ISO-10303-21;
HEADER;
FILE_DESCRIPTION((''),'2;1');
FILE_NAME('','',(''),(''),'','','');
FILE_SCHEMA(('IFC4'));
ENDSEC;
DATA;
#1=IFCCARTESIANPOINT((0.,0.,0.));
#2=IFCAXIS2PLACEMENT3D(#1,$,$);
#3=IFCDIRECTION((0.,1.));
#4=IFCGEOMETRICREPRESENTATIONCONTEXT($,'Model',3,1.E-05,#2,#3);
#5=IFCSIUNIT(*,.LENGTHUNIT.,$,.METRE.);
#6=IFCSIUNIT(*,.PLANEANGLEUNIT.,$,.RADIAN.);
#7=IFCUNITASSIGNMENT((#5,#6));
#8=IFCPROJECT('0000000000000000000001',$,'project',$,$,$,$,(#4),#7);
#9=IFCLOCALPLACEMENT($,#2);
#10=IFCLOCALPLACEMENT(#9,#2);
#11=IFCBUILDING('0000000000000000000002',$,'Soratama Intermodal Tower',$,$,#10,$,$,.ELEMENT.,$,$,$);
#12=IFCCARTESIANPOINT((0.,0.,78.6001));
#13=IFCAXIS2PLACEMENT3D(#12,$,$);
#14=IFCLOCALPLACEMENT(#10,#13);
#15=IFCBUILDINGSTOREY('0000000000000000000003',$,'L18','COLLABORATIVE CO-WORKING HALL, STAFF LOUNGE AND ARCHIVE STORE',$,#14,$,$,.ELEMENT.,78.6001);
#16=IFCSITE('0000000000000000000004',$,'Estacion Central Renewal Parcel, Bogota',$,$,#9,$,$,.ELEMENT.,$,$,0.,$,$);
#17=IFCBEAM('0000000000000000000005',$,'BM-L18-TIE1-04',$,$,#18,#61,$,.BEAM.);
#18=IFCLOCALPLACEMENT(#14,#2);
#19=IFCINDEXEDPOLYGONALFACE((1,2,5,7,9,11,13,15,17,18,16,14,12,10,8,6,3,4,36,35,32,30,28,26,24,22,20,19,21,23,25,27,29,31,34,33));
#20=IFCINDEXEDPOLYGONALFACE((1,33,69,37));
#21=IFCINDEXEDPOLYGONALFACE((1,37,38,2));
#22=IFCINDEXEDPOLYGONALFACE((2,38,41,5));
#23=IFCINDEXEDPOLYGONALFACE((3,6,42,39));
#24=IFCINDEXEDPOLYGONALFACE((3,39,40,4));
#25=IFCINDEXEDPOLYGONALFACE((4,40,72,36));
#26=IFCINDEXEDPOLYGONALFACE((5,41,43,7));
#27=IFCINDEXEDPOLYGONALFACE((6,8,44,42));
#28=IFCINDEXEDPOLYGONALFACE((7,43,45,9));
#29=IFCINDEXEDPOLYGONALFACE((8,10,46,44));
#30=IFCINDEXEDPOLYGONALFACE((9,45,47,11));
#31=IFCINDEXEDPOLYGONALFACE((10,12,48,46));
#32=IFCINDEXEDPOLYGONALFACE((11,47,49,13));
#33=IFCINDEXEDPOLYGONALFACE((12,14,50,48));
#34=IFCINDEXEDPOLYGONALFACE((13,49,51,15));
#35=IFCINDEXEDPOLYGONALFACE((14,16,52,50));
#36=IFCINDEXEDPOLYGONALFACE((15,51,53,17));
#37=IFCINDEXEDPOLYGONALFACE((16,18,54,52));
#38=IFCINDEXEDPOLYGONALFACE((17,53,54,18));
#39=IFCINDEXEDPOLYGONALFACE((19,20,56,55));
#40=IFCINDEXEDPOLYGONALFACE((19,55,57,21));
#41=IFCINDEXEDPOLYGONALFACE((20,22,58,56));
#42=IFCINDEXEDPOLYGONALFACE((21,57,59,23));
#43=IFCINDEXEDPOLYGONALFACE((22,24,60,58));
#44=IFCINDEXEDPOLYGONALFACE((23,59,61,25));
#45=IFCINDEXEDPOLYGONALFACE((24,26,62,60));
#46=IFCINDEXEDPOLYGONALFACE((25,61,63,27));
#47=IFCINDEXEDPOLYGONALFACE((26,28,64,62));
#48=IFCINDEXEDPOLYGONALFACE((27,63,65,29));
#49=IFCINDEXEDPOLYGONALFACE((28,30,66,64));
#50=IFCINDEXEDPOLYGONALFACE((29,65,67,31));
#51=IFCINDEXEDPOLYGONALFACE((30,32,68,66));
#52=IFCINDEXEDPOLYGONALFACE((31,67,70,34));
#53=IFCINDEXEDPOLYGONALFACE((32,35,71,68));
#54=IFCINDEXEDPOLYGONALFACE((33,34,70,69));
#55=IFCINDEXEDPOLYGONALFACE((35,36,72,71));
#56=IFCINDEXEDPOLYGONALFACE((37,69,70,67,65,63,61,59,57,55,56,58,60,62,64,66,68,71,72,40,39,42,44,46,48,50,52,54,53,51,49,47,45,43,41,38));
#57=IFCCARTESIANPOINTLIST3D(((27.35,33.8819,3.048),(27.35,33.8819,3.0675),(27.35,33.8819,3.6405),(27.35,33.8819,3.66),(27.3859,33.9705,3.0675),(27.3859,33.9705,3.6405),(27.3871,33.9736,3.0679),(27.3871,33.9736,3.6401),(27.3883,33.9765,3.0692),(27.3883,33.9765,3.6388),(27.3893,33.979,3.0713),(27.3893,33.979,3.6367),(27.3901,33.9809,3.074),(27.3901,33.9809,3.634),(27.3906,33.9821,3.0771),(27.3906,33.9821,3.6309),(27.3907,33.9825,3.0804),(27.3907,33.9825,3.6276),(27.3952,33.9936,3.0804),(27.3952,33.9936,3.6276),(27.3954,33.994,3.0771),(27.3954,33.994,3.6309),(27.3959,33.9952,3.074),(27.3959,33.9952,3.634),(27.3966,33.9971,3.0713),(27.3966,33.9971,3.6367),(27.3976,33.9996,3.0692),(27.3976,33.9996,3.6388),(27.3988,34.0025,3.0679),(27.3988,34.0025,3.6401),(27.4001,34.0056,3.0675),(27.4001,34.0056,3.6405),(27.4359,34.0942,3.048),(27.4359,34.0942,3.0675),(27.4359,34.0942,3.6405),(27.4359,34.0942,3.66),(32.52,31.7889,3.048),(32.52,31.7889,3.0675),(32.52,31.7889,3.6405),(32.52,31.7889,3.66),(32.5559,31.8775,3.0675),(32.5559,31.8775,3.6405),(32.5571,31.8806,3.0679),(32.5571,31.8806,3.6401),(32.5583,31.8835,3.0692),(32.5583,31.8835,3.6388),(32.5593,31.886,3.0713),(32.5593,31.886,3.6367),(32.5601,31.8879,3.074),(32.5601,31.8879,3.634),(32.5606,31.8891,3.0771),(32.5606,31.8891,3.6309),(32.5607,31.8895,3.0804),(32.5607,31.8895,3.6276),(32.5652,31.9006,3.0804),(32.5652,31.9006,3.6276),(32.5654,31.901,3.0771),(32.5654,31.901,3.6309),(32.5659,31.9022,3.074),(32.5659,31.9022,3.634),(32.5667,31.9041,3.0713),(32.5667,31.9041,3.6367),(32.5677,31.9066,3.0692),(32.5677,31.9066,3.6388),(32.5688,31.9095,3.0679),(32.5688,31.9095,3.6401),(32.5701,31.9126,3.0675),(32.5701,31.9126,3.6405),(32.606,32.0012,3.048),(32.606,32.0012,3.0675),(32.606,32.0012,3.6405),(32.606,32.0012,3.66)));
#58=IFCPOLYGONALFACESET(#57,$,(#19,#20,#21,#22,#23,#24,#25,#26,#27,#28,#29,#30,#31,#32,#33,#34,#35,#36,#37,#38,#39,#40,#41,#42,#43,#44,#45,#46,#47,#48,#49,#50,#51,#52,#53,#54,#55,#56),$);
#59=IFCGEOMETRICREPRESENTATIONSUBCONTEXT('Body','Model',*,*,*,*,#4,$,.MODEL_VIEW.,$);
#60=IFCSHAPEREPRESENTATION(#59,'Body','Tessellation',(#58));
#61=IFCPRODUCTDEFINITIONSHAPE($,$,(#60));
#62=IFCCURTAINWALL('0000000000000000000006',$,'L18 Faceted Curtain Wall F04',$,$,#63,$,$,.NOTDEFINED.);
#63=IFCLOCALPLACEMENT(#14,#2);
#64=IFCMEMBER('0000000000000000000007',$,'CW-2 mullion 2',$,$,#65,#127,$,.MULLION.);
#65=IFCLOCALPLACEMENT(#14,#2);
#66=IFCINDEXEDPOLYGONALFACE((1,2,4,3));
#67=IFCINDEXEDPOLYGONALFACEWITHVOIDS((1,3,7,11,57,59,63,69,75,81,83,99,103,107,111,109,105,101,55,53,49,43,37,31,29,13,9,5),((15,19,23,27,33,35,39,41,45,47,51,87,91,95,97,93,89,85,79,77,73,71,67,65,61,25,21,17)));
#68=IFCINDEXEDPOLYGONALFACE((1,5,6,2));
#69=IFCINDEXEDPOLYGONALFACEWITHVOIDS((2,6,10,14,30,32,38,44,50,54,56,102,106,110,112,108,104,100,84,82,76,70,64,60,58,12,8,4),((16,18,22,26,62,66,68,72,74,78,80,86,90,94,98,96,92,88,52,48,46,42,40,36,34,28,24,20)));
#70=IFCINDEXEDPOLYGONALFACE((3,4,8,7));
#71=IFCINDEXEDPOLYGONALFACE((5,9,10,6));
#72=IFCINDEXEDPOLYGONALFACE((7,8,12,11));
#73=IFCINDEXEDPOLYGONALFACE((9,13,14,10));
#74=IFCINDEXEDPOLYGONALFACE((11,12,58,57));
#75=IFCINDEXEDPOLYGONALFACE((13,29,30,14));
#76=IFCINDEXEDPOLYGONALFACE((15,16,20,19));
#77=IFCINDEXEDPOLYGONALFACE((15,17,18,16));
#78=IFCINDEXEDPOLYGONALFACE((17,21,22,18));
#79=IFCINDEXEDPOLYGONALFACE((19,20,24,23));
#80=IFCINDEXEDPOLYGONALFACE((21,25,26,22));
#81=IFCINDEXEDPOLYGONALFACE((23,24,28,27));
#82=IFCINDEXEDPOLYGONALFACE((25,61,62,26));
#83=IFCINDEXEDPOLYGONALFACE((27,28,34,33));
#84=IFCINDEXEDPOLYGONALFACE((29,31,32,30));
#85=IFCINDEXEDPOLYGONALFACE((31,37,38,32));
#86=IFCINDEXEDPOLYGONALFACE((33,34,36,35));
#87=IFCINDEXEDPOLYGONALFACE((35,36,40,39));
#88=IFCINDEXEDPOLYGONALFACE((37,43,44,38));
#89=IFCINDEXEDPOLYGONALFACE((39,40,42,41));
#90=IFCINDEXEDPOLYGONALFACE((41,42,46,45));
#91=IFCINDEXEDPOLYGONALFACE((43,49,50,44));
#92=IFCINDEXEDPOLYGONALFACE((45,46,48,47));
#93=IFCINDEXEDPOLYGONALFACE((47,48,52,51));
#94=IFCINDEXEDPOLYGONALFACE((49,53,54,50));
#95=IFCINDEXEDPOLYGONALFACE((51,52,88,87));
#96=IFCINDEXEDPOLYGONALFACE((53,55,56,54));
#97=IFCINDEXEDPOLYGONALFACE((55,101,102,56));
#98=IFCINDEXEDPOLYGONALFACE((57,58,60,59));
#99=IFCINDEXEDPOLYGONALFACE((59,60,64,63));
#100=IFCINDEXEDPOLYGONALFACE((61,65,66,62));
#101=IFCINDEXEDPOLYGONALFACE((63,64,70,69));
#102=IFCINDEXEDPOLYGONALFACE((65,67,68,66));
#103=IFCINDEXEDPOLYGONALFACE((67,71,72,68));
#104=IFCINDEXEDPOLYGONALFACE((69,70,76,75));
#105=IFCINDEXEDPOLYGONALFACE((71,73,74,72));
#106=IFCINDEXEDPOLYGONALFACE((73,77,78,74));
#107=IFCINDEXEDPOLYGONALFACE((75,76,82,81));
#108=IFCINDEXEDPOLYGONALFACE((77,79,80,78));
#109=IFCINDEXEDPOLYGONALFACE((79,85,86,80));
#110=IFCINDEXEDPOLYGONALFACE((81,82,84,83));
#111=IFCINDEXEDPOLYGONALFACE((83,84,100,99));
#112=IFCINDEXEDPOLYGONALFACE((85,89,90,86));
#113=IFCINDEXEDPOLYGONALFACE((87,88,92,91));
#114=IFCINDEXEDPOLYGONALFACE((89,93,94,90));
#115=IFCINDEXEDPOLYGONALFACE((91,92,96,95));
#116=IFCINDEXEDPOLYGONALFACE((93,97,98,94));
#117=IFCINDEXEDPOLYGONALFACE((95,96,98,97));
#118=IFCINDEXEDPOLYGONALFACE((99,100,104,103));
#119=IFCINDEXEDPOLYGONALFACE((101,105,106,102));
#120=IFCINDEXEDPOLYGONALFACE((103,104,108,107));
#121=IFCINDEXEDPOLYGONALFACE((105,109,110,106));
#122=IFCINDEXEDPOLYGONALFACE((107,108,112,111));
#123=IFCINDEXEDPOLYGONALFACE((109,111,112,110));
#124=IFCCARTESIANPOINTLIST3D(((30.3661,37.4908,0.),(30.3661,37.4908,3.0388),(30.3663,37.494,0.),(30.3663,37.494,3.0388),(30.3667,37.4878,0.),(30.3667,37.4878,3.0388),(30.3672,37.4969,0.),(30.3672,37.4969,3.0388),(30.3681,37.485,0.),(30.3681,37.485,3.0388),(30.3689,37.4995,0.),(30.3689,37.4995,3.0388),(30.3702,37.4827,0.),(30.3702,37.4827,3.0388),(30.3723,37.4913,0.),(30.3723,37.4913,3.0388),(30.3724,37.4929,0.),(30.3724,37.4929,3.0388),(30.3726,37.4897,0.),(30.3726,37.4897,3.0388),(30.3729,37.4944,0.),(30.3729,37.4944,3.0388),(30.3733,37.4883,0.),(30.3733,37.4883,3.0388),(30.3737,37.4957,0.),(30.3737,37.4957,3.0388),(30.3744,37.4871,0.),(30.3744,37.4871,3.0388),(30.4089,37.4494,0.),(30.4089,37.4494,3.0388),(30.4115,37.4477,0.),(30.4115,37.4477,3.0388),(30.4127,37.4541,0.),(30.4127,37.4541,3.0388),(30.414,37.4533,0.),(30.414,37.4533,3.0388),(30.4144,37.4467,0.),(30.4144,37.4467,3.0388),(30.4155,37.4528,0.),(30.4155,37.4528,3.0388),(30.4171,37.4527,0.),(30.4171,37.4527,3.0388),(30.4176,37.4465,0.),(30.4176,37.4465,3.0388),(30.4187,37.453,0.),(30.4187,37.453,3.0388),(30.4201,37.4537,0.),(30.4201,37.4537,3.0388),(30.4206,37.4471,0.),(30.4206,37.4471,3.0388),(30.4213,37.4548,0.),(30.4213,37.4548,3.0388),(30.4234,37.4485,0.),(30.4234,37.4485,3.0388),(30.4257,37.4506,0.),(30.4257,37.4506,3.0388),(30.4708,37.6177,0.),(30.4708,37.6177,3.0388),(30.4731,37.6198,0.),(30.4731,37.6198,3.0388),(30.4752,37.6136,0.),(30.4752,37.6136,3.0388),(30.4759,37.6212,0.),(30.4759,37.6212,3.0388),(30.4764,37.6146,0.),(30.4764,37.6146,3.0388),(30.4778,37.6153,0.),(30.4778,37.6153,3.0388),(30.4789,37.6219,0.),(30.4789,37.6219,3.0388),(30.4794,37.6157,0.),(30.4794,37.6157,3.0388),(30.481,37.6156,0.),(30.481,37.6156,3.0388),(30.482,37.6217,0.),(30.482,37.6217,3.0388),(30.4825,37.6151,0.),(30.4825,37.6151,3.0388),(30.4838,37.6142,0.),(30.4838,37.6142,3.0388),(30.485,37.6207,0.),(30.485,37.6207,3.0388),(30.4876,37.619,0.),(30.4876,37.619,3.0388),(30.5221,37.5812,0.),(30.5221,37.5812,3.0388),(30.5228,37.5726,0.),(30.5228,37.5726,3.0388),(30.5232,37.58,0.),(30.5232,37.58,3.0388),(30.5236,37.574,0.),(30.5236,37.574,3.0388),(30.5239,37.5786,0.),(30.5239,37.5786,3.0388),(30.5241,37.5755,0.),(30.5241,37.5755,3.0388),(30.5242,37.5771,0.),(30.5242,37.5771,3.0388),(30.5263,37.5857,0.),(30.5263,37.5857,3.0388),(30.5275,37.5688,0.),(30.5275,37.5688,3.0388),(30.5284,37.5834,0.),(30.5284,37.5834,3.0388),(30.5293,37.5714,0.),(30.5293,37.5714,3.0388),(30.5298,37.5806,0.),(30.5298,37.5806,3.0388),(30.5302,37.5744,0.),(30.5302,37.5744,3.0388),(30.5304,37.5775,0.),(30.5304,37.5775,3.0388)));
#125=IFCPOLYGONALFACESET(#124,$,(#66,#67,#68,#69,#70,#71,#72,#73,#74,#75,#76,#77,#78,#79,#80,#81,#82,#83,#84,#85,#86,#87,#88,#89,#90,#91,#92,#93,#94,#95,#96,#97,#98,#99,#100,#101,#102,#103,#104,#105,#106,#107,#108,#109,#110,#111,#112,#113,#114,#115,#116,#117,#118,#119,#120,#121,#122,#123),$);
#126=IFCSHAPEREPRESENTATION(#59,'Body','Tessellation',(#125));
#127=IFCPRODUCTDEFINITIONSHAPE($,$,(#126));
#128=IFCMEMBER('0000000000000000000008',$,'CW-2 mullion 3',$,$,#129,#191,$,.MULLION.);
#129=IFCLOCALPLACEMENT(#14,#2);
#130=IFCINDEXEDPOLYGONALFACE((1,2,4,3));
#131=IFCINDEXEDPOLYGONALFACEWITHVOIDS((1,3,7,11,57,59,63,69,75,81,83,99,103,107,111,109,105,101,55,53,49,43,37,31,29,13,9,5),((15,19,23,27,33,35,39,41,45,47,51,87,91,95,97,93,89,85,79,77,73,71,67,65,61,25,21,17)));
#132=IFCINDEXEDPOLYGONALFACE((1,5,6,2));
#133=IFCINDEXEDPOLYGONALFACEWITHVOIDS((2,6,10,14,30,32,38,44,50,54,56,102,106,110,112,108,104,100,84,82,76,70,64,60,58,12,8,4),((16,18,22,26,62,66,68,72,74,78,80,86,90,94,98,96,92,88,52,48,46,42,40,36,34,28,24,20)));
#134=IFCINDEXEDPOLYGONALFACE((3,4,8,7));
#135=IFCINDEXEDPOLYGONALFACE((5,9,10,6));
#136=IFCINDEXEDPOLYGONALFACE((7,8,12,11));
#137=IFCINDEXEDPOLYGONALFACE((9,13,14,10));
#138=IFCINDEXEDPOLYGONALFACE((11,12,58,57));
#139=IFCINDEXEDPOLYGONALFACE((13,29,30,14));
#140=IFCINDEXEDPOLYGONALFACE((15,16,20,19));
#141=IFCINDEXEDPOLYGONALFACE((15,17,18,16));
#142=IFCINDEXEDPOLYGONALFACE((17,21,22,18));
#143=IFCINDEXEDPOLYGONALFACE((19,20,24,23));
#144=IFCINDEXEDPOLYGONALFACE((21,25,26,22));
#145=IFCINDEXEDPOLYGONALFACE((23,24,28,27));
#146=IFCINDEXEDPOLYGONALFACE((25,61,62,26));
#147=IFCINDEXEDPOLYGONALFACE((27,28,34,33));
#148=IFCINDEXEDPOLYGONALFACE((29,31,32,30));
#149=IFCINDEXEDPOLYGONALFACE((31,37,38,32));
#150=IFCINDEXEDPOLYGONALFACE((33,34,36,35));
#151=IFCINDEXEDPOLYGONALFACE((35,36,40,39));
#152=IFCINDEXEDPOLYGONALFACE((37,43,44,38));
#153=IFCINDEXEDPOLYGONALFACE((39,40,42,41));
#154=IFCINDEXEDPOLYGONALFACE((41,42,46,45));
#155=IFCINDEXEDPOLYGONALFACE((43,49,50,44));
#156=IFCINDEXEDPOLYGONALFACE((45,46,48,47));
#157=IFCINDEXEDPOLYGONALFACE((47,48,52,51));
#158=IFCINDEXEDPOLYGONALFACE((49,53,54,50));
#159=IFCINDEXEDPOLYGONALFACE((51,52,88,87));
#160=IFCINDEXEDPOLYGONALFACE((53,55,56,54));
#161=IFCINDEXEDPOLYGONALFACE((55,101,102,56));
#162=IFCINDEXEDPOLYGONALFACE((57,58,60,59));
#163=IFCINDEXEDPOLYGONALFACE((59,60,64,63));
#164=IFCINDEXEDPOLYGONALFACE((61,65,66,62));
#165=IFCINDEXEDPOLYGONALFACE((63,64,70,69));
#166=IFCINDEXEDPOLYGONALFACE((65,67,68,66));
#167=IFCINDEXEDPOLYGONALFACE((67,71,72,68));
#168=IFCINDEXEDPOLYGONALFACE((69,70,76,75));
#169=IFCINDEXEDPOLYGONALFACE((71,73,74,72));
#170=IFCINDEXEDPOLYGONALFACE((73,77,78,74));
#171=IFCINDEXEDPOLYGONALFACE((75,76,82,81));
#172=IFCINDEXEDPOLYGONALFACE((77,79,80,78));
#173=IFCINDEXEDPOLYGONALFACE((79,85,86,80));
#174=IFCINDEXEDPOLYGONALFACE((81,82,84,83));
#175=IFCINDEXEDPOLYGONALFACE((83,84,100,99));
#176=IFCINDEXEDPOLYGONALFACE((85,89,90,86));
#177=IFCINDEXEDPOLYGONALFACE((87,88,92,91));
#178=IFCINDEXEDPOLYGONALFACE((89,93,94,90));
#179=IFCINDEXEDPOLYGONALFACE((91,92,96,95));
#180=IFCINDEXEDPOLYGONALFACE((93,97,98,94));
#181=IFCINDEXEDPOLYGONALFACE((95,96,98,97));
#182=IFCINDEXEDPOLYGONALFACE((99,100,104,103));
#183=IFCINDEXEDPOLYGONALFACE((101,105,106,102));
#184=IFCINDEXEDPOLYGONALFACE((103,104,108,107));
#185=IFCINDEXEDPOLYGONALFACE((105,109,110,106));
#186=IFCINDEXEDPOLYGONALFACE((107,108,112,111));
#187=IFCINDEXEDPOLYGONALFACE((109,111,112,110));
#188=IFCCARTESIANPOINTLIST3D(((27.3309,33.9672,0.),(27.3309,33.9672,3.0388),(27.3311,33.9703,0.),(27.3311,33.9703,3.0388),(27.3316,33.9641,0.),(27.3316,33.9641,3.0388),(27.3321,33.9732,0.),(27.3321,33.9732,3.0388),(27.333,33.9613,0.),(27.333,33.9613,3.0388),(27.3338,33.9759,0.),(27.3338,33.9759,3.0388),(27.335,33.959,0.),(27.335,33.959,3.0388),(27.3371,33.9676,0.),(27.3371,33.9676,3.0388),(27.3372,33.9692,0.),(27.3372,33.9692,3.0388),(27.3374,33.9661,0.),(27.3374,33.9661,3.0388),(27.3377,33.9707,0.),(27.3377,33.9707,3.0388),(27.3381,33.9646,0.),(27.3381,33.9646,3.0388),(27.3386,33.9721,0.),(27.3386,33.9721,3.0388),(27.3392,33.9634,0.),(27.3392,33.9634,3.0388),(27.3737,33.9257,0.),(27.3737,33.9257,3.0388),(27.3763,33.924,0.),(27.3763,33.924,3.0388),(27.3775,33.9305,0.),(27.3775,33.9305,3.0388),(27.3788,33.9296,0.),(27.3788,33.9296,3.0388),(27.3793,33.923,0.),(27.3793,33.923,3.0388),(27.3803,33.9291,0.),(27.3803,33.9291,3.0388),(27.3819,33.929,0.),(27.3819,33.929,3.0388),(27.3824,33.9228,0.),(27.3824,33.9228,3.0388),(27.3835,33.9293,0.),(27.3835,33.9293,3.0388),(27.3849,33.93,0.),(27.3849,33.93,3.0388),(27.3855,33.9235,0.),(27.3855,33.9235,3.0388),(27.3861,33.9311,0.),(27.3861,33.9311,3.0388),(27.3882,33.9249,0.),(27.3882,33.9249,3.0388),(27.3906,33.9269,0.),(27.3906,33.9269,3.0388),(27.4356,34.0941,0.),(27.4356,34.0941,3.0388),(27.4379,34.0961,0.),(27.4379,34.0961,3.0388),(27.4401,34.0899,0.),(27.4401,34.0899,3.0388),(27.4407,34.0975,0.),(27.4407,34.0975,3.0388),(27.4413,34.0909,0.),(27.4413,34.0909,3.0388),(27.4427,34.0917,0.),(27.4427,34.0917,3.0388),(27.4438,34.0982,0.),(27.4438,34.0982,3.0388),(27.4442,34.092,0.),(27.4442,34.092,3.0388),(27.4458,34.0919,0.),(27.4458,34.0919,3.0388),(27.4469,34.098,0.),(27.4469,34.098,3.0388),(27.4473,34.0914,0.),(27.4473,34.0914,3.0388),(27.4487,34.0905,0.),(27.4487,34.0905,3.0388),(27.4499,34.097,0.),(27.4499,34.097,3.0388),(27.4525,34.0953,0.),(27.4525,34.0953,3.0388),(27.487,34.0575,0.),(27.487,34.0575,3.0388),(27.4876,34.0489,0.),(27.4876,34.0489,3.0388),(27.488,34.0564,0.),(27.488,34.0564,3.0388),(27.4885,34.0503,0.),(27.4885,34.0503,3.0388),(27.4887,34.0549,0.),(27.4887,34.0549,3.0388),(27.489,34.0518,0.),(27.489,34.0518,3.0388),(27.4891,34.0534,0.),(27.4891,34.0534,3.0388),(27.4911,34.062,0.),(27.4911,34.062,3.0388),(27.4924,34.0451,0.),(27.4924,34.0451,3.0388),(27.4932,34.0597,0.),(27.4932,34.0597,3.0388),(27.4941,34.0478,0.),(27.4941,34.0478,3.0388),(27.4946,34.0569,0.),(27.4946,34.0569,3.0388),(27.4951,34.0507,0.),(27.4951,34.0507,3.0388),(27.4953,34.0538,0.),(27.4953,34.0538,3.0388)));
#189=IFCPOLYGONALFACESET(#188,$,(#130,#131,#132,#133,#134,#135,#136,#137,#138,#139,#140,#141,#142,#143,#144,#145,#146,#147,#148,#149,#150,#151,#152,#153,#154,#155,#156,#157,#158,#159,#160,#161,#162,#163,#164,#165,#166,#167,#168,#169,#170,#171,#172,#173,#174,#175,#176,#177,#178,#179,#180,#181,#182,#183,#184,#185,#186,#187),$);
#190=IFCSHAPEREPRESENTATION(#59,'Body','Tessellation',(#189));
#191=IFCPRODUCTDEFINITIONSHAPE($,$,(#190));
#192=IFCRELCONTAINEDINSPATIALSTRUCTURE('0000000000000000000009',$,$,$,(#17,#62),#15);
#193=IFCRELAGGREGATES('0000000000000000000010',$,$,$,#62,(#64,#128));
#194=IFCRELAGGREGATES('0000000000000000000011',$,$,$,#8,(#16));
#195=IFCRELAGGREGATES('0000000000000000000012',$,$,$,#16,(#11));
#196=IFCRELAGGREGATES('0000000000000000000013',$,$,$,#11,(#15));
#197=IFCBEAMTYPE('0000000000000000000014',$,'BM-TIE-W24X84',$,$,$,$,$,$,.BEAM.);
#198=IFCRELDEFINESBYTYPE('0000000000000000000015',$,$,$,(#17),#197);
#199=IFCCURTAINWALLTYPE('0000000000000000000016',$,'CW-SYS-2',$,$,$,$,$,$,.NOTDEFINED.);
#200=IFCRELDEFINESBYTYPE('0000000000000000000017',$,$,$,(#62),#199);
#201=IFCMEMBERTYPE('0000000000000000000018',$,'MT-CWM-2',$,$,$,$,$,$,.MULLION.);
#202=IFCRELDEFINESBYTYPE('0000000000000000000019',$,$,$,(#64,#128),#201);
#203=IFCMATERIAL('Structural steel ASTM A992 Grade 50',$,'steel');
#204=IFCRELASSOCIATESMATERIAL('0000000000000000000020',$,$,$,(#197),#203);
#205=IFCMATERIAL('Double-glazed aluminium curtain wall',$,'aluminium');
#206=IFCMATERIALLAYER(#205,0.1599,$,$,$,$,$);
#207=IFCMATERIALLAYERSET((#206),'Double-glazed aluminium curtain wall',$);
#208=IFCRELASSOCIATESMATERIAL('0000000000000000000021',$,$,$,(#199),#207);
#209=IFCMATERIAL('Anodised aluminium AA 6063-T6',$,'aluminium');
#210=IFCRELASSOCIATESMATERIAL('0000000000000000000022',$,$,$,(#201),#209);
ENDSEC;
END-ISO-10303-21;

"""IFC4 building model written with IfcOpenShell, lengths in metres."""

from ifc_helpers import new_model, si_unit, direction, frame, origin, origin_2d, place, context, subcontext, project, spatial, hollow_rectangle, i_section, extrude, material, layer, layer_set, material_profile, profile_set, type_object, element, aggregate, save


model = new_model("IFC4")

# Units and contexts
model_context = context("Model", 3, precision=1e-05, world=origin(), true_north=direction((0.0, 1.0)))
body_context = subcontext(model_context, "Body", "Model", "MODEL_VIEW")
ifc_project = project(units=[si_unit("LENGTHUNIT", "METRE"), si_unit("PLANEANGLEUNIT", "RADIAN")], contexts=[model_context])

# Site, building, storey
site_placement = place(None, origin())
site = spatial("IfcSite", under=ifc_project, at=site_placement, Name="Estacion Central Renewal Parcel, Bogota", CompositionType="ELEMENT", RefElevation=0.0)
building_placement = place(site_placement, origin())
building = spatial("IfcBuilding", under=site, at=building_placement, Name="Soratama Intermodal Tower", CompositionType="ELEMENT")
storey_placement = place(building_placement, frame((0.0, 0.0, 78.6001)))
storey = spatial("IfcBuildingStorey", under=building, at=storey_placement, Name="L18", Description="COLLABORATIVE CO-WORKING HALL, STAFF LOUNGE AND ARCHIVE STORE", CompositionType="ELEMENT", Elevation=78.6001)

# Beam
ifc_material_1 = material(Name="Structural steel ASTM A992 Grade 50", Category="steel")
ifc_material_profile_1 = material_profile(ifc_material_1, i_section(OverallWidth=0.229, OverallDepth=0.6121, WebThickness=0.012, FlangeThickness=0.0195, FilletRadius=0.0129, at=origin_2d()), Name="W24X84")
ifc_profile_set_1 = profile_set([ifc_material_profile_1], Name="Structural steel ASTM A992 Grade 50")
beam_type_1 = type_object("IfcBeamType", Name="BM-TIE-W24X84", PredefinedType="BEAM", material=ifc_profile_set_1)
beam_1_placement = place(storey_placement, frame((32.563, 31.895, 3.354), z_axis=(-0.92692, 0.375259, 0.0), x_axis=(-0.375259, -0.92692, 0.0)))
element("IfcBeam", 1, at=beam_1_placement, inside=storey, type_object=beam_type_1, Name="BM-L18-TIE1-04", PredefinedType="BEAM", context=body_context, shape_type="SweptSolid", body=[
    extrude(i_section(OverallWidth=0.229, OverallDepth=0.6121, WebThickness=0.012, FlangeThickness=0.0195, FilletRadius=0.0129, at=origin_2d()), origin(), (0.0, 0.0, 1.0), 5.5776),
])

# Curtain wall, members
ifc_material_2 = material(Name="Double-glazed aluminium curtain wall", Category="aluminium")
ifc_layer_1 = layer(ifc_material_2, 0.1599)
ifc_layer_set_1 = layer_set([ifc_layer_1], Name="Double-glazed aluminium curtain wall")
curtain_wall_type = type_object("IfcCurtainWallType", Name="CW-SYS-2", PredefinedType="NOTDEFINED", material=ifc_layer_set_1)
curtain_wall_placement = place(storey_placement, origin())
curtain_wall = element("IfcCurtainWall", 2, at=curtain_wall_placement, inside=storey, type_object=curtain_wall_type, Name="L18 Faceted Curtain Wall F04", PredefinedType="NOTDEFINED")
ifc_material_3 = material(Name="Anodised aluminium AA 6063-T6", Category="aluminium")
ifc_material_profile_2 = material_profile(ifc_material_3, hollow_rectangle(XDim=0.075, YDim=0.1799, WallThickness=0.0061, InnerFilletRadius=0.0061, OuterFilletRadius=0.012, at=origin_2d()), Name="CWM180X75X6")
ifc_profile_set_2 = profile_set([ifc_material_profile_2], Name="Anodised aluminium AA 6063-T6")
member_type_1 = type_object("IfcMemberType", Name="MT-CWM-2", PredefinedType="MULLION", material=ifc_profile_set_2)
member_1_placement = place(storey_placement, frame((30.4482, 37.5342, 0.0), z_axis=(0.0, 0.0, 1.0), x_axis=(0.757678, -0.652629, 0.0)))
member_1 = element("IfcMember", 3, at=member_1_placement, type_object=member_type_1, Name="CW-2 mullion 2", PredefinedType="MULLION", context=body_context, shape_type="SweptSolid", body=[
    extrude(hollow_rectangle(XDim=0.075, YDim=0.1799, WallThickness=0.0061, InnerFilletRadius=0.0061, OuterFilletRadius=0.012, at=origin_2d()), origin(), (0.0, 0.0, 1.0), 3.0388),
])
member_2_placement = place(storey_placement, frame((27.4131, 34.0105, 0.0), z_axis=(0.0, 0.0, 1.0), x_axis=(0.757678, -0.652629, 0.0)))
member_2 = element("IfcMember", 4, at=member_2_placement, type_object=member_type_1, Name="CW-2 mullion 3", PredefinedType="MULLION", context=body_context, shape_type="SweptSolid", body=[
    extrude(hollow_rectangle(XDim=0.075, YDim=0.1799, WallThickness=0.0061, InnerFilletRadius=0.0061, OuterFilletRadius=0.012, at=origin_2d()), origin(), (0.0, 0.0, 1.0), 3.0388),
])
aggregate(curtain_wall, [member_1, member_2])

save(model, "model.ifc")
